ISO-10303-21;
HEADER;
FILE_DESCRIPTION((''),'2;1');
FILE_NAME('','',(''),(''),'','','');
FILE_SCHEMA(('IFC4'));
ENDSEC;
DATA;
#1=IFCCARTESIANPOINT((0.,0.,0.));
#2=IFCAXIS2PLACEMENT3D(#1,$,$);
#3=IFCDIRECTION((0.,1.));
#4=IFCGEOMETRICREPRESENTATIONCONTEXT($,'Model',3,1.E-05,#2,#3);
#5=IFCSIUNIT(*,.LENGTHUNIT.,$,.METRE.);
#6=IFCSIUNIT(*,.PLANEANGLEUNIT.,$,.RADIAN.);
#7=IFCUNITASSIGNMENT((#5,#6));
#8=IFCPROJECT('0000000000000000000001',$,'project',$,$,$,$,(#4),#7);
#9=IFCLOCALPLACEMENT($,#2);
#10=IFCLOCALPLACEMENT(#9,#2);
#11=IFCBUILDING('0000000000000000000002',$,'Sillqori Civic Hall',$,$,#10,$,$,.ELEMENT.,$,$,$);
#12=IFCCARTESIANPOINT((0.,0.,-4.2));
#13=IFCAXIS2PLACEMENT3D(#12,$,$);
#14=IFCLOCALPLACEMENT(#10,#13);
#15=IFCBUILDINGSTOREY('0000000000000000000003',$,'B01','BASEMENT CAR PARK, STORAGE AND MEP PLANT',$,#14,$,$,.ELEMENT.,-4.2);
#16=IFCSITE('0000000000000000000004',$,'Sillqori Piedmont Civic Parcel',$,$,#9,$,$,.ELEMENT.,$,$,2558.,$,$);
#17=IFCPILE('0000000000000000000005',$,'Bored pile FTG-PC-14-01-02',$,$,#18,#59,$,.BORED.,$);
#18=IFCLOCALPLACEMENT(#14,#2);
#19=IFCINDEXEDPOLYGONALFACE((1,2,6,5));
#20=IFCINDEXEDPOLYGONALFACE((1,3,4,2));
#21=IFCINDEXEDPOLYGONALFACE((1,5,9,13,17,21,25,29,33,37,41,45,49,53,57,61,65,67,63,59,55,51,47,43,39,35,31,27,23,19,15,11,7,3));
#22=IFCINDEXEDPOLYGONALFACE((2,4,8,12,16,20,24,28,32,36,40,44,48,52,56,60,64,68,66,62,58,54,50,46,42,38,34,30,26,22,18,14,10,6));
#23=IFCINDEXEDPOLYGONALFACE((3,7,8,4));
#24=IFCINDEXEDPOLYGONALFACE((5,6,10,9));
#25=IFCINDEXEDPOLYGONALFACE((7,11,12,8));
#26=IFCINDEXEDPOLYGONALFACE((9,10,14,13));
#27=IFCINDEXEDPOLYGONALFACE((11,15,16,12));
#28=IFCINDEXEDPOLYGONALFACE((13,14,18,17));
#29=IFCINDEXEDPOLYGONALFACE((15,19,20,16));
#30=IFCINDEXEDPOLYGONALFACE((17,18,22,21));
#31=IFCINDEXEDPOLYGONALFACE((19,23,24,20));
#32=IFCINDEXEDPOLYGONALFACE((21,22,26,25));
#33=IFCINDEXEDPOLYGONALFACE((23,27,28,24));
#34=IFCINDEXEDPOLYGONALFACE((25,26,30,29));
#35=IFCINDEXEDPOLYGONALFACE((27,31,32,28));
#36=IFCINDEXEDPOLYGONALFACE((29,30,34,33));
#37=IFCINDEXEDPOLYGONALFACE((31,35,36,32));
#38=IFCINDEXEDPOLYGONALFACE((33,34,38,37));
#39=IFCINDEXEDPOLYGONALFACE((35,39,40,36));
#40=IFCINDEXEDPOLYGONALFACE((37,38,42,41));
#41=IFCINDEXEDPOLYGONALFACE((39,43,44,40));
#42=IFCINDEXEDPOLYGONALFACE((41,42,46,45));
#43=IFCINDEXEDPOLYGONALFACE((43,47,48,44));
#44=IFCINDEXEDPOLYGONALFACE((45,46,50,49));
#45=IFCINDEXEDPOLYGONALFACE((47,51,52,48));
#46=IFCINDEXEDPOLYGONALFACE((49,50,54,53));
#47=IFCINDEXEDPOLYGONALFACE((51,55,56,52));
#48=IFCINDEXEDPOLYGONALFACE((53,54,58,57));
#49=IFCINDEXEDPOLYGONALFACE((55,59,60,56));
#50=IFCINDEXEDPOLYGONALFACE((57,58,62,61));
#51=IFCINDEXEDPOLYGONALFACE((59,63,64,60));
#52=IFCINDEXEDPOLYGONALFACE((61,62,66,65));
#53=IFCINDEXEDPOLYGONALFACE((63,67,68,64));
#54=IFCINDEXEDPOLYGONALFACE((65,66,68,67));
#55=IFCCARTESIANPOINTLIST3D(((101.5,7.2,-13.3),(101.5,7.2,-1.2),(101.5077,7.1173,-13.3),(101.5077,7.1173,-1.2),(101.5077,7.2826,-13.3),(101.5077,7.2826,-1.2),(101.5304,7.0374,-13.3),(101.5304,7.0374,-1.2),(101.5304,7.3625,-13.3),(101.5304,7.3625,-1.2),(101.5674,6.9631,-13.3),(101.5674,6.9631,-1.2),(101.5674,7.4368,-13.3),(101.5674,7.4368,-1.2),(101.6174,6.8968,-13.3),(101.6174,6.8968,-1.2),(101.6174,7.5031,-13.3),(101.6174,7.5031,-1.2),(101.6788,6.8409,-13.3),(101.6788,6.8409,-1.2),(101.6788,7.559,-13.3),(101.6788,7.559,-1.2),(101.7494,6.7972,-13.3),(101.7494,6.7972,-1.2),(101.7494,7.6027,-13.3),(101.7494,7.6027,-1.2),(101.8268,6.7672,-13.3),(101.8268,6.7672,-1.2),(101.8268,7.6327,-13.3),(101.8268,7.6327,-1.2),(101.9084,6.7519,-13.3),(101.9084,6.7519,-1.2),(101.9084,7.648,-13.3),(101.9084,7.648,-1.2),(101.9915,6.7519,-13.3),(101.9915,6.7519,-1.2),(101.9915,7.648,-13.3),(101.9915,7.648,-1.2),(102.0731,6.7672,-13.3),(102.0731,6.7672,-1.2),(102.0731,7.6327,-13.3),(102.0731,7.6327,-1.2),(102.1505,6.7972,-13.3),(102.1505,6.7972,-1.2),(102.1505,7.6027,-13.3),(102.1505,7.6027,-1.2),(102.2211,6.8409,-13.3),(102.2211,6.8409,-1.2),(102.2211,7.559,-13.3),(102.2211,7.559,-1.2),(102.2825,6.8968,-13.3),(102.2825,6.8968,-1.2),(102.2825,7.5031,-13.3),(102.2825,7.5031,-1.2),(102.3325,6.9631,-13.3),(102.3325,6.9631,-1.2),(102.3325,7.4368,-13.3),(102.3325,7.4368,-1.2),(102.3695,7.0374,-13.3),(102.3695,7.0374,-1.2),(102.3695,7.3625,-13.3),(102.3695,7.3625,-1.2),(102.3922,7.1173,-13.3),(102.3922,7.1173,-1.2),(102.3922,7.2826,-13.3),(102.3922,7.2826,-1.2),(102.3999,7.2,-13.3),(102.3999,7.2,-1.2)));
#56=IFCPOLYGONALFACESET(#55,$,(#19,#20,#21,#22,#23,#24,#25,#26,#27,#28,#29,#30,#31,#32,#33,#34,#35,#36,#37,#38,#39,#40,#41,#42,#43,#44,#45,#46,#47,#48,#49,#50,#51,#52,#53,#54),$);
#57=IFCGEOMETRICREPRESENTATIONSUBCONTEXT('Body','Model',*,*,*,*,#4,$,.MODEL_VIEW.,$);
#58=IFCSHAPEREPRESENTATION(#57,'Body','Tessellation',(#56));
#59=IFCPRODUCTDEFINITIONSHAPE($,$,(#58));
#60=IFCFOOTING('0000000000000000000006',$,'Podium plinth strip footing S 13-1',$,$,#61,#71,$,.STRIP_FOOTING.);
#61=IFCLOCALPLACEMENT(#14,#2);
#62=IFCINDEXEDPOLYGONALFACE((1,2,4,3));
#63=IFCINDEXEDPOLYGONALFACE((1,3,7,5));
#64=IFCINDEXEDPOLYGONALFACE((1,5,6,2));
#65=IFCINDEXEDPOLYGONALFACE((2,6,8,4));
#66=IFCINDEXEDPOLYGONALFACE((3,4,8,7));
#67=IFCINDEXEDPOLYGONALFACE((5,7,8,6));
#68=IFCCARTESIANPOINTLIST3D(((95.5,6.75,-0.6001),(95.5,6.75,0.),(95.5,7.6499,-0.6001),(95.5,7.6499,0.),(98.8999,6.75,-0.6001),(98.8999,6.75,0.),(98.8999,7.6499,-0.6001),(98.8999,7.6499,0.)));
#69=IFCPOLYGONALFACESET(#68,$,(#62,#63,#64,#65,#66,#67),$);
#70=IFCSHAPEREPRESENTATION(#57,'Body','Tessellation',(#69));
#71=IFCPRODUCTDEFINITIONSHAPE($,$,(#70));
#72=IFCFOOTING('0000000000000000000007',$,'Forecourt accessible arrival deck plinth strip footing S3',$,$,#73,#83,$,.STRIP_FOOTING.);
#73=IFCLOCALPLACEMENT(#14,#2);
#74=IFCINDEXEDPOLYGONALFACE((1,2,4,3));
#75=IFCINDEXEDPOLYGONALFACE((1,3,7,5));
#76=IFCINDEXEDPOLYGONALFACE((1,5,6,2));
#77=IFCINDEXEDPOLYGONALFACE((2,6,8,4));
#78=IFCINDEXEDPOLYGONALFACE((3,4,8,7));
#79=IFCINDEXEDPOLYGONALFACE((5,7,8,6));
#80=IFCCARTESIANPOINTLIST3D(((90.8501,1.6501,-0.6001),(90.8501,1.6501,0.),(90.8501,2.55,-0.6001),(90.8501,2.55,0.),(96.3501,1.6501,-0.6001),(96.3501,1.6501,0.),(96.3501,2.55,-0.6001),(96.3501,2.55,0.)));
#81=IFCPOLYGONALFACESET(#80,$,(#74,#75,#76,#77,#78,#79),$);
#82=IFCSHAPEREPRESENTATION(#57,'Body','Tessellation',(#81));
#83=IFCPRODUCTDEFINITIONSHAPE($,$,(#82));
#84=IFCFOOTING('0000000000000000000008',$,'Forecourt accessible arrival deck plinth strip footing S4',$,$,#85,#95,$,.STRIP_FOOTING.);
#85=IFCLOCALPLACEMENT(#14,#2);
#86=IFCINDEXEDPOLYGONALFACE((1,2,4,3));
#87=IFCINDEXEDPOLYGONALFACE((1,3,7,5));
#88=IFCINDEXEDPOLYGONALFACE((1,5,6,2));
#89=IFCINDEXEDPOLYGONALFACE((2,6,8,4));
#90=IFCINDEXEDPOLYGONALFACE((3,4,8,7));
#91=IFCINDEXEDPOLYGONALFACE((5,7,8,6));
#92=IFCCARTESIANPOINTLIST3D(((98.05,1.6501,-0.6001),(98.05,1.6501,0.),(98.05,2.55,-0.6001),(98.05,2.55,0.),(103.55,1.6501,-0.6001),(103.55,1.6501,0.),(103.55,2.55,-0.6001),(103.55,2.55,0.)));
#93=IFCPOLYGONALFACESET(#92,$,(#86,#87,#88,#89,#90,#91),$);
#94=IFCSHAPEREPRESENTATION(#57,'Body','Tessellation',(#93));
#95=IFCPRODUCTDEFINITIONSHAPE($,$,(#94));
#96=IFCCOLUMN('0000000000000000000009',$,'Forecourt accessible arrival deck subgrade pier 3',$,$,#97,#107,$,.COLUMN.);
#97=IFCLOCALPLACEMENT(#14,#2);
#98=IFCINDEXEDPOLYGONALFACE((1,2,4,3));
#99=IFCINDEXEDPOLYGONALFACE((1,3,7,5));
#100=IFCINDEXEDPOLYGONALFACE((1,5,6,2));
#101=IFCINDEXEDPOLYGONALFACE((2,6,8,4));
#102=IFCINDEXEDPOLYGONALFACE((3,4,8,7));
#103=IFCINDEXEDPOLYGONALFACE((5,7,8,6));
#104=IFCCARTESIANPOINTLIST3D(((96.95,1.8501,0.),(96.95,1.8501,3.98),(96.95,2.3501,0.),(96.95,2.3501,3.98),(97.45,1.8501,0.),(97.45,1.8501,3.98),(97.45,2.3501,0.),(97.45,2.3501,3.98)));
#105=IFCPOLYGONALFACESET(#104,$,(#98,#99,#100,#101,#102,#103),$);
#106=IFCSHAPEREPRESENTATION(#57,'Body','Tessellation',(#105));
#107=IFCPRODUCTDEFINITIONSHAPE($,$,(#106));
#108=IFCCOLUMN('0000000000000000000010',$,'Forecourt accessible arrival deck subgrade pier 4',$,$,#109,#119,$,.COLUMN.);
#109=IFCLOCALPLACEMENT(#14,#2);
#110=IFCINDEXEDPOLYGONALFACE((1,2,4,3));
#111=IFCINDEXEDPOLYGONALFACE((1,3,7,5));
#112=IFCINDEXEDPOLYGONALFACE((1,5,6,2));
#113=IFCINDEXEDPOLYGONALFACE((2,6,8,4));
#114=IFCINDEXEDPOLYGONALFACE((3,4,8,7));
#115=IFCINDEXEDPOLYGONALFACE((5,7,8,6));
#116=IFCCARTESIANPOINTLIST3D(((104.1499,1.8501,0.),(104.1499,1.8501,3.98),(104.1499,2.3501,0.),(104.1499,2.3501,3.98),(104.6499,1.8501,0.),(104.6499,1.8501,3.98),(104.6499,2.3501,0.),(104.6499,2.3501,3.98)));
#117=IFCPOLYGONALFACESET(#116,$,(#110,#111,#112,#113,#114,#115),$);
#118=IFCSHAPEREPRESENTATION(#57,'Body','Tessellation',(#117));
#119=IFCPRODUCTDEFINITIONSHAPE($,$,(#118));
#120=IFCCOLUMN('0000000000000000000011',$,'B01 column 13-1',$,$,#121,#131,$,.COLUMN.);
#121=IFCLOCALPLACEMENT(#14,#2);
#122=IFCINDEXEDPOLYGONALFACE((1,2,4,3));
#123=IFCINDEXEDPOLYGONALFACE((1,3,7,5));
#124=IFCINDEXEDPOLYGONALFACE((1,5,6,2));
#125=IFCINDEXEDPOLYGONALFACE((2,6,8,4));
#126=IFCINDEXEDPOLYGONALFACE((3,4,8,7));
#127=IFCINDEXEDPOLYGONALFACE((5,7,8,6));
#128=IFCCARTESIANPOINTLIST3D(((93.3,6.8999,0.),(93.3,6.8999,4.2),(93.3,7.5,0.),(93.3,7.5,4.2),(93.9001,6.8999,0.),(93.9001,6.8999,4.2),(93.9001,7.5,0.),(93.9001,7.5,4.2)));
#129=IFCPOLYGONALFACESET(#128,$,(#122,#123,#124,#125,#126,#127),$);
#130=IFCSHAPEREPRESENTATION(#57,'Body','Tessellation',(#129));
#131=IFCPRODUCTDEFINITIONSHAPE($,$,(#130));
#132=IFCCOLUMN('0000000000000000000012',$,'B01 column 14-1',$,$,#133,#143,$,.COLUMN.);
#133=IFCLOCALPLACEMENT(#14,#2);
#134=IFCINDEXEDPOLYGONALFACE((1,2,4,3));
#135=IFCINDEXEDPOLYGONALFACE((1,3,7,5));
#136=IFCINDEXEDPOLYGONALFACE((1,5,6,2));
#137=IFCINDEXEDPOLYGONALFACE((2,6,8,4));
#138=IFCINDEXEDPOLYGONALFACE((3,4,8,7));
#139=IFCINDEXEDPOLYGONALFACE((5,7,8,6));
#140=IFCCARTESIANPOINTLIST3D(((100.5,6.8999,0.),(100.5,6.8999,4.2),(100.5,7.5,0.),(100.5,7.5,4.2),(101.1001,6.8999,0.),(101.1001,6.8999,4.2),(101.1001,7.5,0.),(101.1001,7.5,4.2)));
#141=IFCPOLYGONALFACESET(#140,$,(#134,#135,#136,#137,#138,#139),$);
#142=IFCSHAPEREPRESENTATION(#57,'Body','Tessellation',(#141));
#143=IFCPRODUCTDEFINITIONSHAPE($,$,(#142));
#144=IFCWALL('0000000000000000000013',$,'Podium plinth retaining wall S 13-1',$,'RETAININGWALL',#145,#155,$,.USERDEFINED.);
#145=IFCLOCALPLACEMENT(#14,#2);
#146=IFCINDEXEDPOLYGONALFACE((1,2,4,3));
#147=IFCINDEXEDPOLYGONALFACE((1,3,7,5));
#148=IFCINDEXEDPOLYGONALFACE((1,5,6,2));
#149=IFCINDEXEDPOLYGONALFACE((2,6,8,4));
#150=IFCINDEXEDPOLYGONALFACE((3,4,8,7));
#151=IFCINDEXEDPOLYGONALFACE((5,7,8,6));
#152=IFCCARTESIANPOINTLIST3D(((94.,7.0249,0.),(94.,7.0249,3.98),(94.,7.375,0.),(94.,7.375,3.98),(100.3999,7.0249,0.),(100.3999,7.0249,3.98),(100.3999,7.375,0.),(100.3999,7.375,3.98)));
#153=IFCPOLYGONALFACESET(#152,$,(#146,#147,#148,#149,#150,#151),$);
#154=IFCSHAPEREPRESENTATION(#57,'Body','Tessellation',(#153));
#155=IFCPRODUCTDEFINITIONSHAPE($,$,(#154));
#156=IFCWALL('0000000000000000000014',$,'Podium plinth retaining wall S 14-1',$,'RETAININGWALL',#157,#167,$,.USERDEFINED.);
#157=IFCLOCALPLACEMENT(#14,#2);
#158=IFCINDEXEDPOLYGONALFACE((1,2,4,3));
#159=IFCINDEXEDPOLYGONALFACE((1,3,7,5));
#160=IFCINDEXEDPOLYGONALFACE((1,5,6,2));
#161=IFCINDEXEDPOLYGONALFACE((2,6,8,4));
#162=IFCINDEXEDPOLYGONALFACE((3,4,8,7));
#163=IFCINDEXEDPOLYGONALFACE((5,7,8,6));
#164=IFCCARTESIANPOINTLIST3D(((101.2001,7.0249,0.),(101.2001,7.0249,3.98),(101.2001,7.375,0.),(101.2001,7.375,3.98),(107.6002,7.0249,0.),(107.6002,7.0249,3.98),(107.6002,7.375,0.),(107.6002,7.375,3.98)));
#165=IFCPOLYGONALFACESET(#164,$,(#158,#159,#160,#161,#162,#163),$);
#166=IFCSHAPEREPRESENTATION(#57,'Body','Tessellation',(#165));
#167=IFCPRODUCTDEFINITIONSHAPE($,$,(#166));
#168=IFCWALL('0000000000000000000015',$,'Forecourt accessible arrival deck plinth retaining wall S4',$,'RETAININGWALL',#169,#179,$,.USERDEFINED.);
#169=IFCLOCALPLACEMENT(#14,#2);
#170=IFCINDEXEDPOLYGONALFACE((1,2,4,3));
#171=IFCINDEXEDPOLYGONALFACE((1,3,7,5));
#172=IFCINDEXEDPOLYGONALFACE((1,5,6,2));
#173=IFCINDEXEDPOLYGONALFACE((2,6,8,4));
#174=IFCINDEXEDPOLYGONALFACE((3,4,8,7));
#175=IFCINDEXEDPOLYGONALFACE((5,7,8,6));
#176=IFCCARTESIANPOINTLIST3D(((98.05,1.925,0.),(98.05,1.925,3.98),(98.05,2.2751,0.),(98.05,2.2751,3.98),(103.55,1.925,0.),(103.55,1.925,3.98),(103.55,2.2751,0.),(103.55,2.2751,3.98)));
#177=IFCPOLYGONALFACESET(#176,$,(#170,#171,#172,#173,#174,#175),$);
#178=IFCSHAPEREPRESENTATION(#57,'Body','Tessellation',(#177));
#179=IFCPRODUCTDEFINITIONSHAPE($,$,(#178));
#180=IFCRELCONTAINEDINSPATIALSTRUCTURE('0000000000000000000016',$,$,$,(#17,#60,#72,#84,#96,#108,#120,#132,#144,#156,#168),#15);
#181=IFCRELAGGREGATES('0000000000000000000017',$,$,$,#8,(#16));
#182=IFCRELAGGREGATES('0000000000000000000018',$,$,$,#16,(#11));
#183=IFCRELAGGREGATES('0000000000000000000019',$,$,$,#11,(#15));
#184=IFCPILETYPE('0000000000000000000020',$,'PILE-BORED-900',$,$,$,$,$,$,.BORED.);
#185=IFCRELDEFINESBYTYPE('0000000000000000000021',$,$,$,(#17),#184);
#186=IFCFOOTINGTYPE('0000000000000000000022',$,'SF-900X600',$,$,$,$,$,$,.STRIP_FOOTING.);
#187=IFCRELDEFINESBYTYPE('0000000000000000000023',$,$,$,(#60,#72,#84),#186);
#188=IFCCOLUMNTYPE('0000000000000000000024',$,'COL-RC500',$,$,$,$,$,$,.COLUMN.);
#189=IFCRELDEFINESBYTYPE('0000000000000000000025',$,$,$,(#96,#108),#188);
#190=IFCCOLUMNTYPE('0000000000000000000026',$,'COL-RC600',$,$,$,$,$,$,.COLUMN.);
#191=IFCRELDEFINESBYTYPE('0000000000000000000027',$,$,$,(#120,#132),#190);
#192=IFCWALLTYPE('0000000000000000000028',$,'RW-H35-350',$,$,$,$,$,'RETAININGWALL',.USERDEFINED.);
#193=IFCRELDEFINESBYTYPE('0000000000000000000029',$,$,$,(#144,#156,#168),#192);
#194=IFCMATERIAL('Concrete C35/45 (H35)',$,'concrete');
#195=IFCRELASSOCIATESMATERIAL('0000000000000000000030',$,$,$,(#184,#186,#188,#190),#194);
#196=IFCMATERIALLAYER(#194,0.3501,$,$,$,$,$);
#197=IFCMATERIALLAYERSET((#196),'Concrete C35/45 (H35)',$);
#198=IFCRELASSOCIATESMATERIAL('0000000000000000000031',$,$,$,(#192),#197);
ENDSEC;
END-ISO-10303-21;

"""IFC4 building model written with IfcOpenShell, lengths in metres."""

from ifc_helpers import new_model, si_unit, direction, frame, frame_2d, origin, origin_2d, place, context, subcontext, project, spatial, rectangle, circle, extrude, material, layer, layer_set, material_profile, profile_set, type_object, element, save


model = new_model("IFC4")

# Units and contexts
model_context = context("Model", 3, precision=1e-05, world=origin(), true_north=direction((0.0, 1.0)))
body_context = subcontext(model_context, "Body", "Model", "MODEL_VIEW")
ifc_project = project(units=[si_unit("LENGTHUNIT", "METRE"), si_unit("PLANEANGLEUNIT", "RADIAN")], contexts=[model_context])

# Site, building, storey
site_placement = place(None, origin())
site = spatial("IfcSite", under=ifc_project, at=site_placement, Name="Sillqori Piedmont Civic Parcel", CompositionType="ELEMENT", RefElevation=2558.0)
building_placement = place(site_placement, origin())
building = spatial("IfcBuilding", under=site, at=building_placement, Name="Sillqori Civic Hall", CompositionType="ELEMENT")
storey_placement = place(building_placement, frame((0.0, 0.0, -4.2)))
storey = spatial("IfcBuildingStorey", under=building, at=storey_placement, Name="B01", Description="BASEMENT CAR PARK, STORAGE AND MEP PLANT", CompositionType="ELEMENT", Elevation=-4.2)

# Shared definitions
ifc_material = material(Name="Concrete C35/45 (H35)", Category="concrete")

# Pile
ifc_material_profile_1 = material_profile(ifc_material, circle(Radius=0.45, at=origin_2d()), Name="BORED PILE 900")
ifc_profile_set_1 = profile_set([ifc_material_profile_1], Name="Concrete C35/45 (H35)")
pile_type = type_object("IfcPileType", Name="PILE-BORED-900", PredefinedType="BORED", material=ifc_profile_set_1)
for number, where, z_axis, x_axis, name in (
    (1, (101.95, 7.2, -1.2), (0.0, 0.0, -1.0), (1.0, 0.0, 0.0), "Bored pile FTG-PC-14-01-02"),
):
    element("IfcPile", number, at=place(storey_placement, frame(where, z_axis=z_axis, x_axis=x_axis)), inside=storey, type_object=pile_type, Name=name, PredefinedType="BORED", context=body_context, shape_type="SweptSolid", body=[
        extrude(circle(Radius=0.45, at=origin_2d()), origin(), (0.0, 0.0, 1.0), 12.1001),
    ])

# Footings
footing_type_1 = type_object("IfcFootingType", Name="SF-900X600", PredefinedType="STRIP_FOOTING", material=ifc_material)
footing_placement = place(storey_placement, frame((97.2, 7.2, -0.6001), z_axis=(0.0, 0.0, 1.0), x_axis=(1.0, 0.0, 0.0)))
element("IfcFooting", 2, at=footing_placement, inside=storey, type_object=footing_type_1, Name="Podium plinth strip footing S 13-1", PredefinedType="STRIP_FOOTING", context=body_context, shape_type="SweptSolid", body=[
    extrude(rectangle(XDim=3.3999, YDim=0.8999, at=origin_2d()), origin(), (0.0, 0.0, 1.0), 0.6001),
])
for number, where, z_axis, x_axis, name in (
    (3, (93.6001, 2.1001, -0.6001), (0.0, 0.0, 1.0), (1.0, 0.0, 0.0), "Forecourt accessible arrival deck plinth strip footing S3"),
    (4, (100.8, 2.1001, -0.6001), (0.0, 0.0, 1.0), (1.0, 0.0, 0.0), "Forecourt accessible arrival deck plinth strip footing S4"),
):
    element("IfcFooting", number, at=place(storey_placement, frame(where, z_axis=z_axis, x_axis=x_axis)), inside=storey, type_object=footing_type_1, Name=name, PredefinedType="STRIP_FOOTING", context=body_context, shape_type="SweptSolid", body=[
        extrude(rectangle(XDim=5.5, YDim=0.8999, at=origin_2d()), origin(), (0.0, 0.0, 1.0), 0.6001),
    ])

# Columns
ifc_material_profile_2 = material_profile(ifc_material, rectangle(XDim=0.5, YDim=0.5, at=origin_2d()), Name="RC 500x500")
ifc_profile_set_2 = profile_set([ifc_material_profile_2], Name="Concrete C35/45 (H35)")
column_type_1 = type_object("IfcColumnType", Name="COL-RC500", PredefinedType="COLUMN", material=ifc_profile_set_2)
for number, where, z_axis, x_axis, name in (
    (5, (97.2, 2.1001, 0.0), (0.0, 0.0, 1.0), (1.0, 0.0, 0.0), "Forecourt accessible arrival deck subgrade pier 3"),
    (6, (104.3999, 2.1001, 0.0), (0.0, 0.0, 1.0), (1.0, 0.0, 0.0), "Forecourt accessible arrival deck subgrade pier 4"),
):
    element("IfcColumn", number, at=place(storey_placement, frame(where, z_axis=z_axis, x_axis=x_axis)), inside=storey, type_object=column_type_1, Name=name, PredefinedType="COLUMN", context=body_context, shape_type="SweptSolid", body=[
        extrude(rectangle(XDim=0.5, YDim=0.5, at=origin_2d()), origin(), (0.0, 0.0, 1.0), 3.98),
    ])
ifc_material_profile_3 = material_profile(ifc_material, rectangle(XDim=0.6001, YDim=0.6001, at=origin_2d()), Name="RC 600x600")
ifc_profile_set_3 = profile_set([ifc_material_profile_3], Name="Concrete C35/45 (H35)")
column_type_2 = type_object("IfcColumnType", Name="COL-RC600", PredefinedType="COLUMN", material=ifc_profile_set_3)
for number, where, z_axis, x_axis, name in (
    (7, (93.6001, 7.2, 0.0), (0.0, 0.0, 1.0), (1.0, 0.0, 0.0), "B01 column 13-1"),
    (8, (100.8, 7.2, 0.0), (0.0, 0.0, 1.0), (1.0, 0.0, 0.0), "B01 column 14-1"),
):
    element("IfcColumn", number, at=place(storey_placement, frame(where, z_axis=z_axis, x_axis=x_axis)), inside=storey, type_object=column_type_2, Name=name, PredefinedType="COLUMN", context=body_context, shape_type="SweptSolid", body=[
        extrude(rectangle(XDim=0.6001, YDim=0.6001, at=origin_2d()), origin(), (0.0, 0.0, 1.0), 4.2),
    ])

# Walls
ifc_layer = layer(ifc_material, 0.3501)
ifc_layer_set = layer_set([ifc_layer], Name="Concrete C35/45 (H35)")
wall_type = type_object("IfcWallType", Name="RW-H35-350", ElementType="RETAININGWALL", PredefinedType="USERDEFINED", material=ifc_layer_set)
wall_1_placement = place(storey_placement, frame((94.0, 7.2, 0.0), z_axis=(0.0, 0.0, 1.0), x_axis=(1.0, 0.0, 0.0)))
element("IfcWall", 9, at=wall_1_placement, inside=storey, type_object=wall_type, Name="Podium plinth retaining wall S 13-1", ObjectType="RETAININGWALL", PredefinedType="USERDEFINED", context=body_context, shape_type="SweptSolid", body=[
    extrude(rectangle(XDim=6.3999, YDim=0.3501, at=frame_2d((3.2, 0.0))), origin(), (0.0, 0.0, 1.0), 3.98),
])
wall_2_placement = place(storey_placement, frame((101.2, 7.2, 0.0), z_axis=(0.0, 0.0, 1.0), x_axis=(1.0, 0.0, 0.0)))
element("IfcWall", 10, at=wall_2_placement, inside=storey, type_object=wall_type, Name="Podium plinth retaining wall S 14-1", ObjectType="RETAININGWALL", PredefinedType="USERDEFINED", context=body_context, shape_type="SweptSolid", body=[
    extrude(rectangle(XDim=6.4001, YDim=0.3501, at=frame_2d((3.2002, 0.0))), origin(), (0.0, 0.0, 1.0), 3.98),
])
wall_3_placement = place(storey_placement, frame((98.05, 2.1001, 0.0), z_axis=(0.0, 0.0, 1.0), x_axis=(1.0, 0.0, 0.0)))
element("IfcWall", 11, at=wall_3_placement, inside=storey, type_object=wall_type, Name="Forecourt accessible arrival deck plinth retaining wall S4", ObjectType="RETAININGWALL", PredefinedType="USERDEFINED", context=body_context, shape_type="SweptSolid", body=[
    extrude(rectangle(XDim=5.5, YDim=0.3501, at=frame_2d((2.75, 0.0))), origin(), (0.0, 0.0, 1.0), 3.98),
])

save(model, "model.ifc")
